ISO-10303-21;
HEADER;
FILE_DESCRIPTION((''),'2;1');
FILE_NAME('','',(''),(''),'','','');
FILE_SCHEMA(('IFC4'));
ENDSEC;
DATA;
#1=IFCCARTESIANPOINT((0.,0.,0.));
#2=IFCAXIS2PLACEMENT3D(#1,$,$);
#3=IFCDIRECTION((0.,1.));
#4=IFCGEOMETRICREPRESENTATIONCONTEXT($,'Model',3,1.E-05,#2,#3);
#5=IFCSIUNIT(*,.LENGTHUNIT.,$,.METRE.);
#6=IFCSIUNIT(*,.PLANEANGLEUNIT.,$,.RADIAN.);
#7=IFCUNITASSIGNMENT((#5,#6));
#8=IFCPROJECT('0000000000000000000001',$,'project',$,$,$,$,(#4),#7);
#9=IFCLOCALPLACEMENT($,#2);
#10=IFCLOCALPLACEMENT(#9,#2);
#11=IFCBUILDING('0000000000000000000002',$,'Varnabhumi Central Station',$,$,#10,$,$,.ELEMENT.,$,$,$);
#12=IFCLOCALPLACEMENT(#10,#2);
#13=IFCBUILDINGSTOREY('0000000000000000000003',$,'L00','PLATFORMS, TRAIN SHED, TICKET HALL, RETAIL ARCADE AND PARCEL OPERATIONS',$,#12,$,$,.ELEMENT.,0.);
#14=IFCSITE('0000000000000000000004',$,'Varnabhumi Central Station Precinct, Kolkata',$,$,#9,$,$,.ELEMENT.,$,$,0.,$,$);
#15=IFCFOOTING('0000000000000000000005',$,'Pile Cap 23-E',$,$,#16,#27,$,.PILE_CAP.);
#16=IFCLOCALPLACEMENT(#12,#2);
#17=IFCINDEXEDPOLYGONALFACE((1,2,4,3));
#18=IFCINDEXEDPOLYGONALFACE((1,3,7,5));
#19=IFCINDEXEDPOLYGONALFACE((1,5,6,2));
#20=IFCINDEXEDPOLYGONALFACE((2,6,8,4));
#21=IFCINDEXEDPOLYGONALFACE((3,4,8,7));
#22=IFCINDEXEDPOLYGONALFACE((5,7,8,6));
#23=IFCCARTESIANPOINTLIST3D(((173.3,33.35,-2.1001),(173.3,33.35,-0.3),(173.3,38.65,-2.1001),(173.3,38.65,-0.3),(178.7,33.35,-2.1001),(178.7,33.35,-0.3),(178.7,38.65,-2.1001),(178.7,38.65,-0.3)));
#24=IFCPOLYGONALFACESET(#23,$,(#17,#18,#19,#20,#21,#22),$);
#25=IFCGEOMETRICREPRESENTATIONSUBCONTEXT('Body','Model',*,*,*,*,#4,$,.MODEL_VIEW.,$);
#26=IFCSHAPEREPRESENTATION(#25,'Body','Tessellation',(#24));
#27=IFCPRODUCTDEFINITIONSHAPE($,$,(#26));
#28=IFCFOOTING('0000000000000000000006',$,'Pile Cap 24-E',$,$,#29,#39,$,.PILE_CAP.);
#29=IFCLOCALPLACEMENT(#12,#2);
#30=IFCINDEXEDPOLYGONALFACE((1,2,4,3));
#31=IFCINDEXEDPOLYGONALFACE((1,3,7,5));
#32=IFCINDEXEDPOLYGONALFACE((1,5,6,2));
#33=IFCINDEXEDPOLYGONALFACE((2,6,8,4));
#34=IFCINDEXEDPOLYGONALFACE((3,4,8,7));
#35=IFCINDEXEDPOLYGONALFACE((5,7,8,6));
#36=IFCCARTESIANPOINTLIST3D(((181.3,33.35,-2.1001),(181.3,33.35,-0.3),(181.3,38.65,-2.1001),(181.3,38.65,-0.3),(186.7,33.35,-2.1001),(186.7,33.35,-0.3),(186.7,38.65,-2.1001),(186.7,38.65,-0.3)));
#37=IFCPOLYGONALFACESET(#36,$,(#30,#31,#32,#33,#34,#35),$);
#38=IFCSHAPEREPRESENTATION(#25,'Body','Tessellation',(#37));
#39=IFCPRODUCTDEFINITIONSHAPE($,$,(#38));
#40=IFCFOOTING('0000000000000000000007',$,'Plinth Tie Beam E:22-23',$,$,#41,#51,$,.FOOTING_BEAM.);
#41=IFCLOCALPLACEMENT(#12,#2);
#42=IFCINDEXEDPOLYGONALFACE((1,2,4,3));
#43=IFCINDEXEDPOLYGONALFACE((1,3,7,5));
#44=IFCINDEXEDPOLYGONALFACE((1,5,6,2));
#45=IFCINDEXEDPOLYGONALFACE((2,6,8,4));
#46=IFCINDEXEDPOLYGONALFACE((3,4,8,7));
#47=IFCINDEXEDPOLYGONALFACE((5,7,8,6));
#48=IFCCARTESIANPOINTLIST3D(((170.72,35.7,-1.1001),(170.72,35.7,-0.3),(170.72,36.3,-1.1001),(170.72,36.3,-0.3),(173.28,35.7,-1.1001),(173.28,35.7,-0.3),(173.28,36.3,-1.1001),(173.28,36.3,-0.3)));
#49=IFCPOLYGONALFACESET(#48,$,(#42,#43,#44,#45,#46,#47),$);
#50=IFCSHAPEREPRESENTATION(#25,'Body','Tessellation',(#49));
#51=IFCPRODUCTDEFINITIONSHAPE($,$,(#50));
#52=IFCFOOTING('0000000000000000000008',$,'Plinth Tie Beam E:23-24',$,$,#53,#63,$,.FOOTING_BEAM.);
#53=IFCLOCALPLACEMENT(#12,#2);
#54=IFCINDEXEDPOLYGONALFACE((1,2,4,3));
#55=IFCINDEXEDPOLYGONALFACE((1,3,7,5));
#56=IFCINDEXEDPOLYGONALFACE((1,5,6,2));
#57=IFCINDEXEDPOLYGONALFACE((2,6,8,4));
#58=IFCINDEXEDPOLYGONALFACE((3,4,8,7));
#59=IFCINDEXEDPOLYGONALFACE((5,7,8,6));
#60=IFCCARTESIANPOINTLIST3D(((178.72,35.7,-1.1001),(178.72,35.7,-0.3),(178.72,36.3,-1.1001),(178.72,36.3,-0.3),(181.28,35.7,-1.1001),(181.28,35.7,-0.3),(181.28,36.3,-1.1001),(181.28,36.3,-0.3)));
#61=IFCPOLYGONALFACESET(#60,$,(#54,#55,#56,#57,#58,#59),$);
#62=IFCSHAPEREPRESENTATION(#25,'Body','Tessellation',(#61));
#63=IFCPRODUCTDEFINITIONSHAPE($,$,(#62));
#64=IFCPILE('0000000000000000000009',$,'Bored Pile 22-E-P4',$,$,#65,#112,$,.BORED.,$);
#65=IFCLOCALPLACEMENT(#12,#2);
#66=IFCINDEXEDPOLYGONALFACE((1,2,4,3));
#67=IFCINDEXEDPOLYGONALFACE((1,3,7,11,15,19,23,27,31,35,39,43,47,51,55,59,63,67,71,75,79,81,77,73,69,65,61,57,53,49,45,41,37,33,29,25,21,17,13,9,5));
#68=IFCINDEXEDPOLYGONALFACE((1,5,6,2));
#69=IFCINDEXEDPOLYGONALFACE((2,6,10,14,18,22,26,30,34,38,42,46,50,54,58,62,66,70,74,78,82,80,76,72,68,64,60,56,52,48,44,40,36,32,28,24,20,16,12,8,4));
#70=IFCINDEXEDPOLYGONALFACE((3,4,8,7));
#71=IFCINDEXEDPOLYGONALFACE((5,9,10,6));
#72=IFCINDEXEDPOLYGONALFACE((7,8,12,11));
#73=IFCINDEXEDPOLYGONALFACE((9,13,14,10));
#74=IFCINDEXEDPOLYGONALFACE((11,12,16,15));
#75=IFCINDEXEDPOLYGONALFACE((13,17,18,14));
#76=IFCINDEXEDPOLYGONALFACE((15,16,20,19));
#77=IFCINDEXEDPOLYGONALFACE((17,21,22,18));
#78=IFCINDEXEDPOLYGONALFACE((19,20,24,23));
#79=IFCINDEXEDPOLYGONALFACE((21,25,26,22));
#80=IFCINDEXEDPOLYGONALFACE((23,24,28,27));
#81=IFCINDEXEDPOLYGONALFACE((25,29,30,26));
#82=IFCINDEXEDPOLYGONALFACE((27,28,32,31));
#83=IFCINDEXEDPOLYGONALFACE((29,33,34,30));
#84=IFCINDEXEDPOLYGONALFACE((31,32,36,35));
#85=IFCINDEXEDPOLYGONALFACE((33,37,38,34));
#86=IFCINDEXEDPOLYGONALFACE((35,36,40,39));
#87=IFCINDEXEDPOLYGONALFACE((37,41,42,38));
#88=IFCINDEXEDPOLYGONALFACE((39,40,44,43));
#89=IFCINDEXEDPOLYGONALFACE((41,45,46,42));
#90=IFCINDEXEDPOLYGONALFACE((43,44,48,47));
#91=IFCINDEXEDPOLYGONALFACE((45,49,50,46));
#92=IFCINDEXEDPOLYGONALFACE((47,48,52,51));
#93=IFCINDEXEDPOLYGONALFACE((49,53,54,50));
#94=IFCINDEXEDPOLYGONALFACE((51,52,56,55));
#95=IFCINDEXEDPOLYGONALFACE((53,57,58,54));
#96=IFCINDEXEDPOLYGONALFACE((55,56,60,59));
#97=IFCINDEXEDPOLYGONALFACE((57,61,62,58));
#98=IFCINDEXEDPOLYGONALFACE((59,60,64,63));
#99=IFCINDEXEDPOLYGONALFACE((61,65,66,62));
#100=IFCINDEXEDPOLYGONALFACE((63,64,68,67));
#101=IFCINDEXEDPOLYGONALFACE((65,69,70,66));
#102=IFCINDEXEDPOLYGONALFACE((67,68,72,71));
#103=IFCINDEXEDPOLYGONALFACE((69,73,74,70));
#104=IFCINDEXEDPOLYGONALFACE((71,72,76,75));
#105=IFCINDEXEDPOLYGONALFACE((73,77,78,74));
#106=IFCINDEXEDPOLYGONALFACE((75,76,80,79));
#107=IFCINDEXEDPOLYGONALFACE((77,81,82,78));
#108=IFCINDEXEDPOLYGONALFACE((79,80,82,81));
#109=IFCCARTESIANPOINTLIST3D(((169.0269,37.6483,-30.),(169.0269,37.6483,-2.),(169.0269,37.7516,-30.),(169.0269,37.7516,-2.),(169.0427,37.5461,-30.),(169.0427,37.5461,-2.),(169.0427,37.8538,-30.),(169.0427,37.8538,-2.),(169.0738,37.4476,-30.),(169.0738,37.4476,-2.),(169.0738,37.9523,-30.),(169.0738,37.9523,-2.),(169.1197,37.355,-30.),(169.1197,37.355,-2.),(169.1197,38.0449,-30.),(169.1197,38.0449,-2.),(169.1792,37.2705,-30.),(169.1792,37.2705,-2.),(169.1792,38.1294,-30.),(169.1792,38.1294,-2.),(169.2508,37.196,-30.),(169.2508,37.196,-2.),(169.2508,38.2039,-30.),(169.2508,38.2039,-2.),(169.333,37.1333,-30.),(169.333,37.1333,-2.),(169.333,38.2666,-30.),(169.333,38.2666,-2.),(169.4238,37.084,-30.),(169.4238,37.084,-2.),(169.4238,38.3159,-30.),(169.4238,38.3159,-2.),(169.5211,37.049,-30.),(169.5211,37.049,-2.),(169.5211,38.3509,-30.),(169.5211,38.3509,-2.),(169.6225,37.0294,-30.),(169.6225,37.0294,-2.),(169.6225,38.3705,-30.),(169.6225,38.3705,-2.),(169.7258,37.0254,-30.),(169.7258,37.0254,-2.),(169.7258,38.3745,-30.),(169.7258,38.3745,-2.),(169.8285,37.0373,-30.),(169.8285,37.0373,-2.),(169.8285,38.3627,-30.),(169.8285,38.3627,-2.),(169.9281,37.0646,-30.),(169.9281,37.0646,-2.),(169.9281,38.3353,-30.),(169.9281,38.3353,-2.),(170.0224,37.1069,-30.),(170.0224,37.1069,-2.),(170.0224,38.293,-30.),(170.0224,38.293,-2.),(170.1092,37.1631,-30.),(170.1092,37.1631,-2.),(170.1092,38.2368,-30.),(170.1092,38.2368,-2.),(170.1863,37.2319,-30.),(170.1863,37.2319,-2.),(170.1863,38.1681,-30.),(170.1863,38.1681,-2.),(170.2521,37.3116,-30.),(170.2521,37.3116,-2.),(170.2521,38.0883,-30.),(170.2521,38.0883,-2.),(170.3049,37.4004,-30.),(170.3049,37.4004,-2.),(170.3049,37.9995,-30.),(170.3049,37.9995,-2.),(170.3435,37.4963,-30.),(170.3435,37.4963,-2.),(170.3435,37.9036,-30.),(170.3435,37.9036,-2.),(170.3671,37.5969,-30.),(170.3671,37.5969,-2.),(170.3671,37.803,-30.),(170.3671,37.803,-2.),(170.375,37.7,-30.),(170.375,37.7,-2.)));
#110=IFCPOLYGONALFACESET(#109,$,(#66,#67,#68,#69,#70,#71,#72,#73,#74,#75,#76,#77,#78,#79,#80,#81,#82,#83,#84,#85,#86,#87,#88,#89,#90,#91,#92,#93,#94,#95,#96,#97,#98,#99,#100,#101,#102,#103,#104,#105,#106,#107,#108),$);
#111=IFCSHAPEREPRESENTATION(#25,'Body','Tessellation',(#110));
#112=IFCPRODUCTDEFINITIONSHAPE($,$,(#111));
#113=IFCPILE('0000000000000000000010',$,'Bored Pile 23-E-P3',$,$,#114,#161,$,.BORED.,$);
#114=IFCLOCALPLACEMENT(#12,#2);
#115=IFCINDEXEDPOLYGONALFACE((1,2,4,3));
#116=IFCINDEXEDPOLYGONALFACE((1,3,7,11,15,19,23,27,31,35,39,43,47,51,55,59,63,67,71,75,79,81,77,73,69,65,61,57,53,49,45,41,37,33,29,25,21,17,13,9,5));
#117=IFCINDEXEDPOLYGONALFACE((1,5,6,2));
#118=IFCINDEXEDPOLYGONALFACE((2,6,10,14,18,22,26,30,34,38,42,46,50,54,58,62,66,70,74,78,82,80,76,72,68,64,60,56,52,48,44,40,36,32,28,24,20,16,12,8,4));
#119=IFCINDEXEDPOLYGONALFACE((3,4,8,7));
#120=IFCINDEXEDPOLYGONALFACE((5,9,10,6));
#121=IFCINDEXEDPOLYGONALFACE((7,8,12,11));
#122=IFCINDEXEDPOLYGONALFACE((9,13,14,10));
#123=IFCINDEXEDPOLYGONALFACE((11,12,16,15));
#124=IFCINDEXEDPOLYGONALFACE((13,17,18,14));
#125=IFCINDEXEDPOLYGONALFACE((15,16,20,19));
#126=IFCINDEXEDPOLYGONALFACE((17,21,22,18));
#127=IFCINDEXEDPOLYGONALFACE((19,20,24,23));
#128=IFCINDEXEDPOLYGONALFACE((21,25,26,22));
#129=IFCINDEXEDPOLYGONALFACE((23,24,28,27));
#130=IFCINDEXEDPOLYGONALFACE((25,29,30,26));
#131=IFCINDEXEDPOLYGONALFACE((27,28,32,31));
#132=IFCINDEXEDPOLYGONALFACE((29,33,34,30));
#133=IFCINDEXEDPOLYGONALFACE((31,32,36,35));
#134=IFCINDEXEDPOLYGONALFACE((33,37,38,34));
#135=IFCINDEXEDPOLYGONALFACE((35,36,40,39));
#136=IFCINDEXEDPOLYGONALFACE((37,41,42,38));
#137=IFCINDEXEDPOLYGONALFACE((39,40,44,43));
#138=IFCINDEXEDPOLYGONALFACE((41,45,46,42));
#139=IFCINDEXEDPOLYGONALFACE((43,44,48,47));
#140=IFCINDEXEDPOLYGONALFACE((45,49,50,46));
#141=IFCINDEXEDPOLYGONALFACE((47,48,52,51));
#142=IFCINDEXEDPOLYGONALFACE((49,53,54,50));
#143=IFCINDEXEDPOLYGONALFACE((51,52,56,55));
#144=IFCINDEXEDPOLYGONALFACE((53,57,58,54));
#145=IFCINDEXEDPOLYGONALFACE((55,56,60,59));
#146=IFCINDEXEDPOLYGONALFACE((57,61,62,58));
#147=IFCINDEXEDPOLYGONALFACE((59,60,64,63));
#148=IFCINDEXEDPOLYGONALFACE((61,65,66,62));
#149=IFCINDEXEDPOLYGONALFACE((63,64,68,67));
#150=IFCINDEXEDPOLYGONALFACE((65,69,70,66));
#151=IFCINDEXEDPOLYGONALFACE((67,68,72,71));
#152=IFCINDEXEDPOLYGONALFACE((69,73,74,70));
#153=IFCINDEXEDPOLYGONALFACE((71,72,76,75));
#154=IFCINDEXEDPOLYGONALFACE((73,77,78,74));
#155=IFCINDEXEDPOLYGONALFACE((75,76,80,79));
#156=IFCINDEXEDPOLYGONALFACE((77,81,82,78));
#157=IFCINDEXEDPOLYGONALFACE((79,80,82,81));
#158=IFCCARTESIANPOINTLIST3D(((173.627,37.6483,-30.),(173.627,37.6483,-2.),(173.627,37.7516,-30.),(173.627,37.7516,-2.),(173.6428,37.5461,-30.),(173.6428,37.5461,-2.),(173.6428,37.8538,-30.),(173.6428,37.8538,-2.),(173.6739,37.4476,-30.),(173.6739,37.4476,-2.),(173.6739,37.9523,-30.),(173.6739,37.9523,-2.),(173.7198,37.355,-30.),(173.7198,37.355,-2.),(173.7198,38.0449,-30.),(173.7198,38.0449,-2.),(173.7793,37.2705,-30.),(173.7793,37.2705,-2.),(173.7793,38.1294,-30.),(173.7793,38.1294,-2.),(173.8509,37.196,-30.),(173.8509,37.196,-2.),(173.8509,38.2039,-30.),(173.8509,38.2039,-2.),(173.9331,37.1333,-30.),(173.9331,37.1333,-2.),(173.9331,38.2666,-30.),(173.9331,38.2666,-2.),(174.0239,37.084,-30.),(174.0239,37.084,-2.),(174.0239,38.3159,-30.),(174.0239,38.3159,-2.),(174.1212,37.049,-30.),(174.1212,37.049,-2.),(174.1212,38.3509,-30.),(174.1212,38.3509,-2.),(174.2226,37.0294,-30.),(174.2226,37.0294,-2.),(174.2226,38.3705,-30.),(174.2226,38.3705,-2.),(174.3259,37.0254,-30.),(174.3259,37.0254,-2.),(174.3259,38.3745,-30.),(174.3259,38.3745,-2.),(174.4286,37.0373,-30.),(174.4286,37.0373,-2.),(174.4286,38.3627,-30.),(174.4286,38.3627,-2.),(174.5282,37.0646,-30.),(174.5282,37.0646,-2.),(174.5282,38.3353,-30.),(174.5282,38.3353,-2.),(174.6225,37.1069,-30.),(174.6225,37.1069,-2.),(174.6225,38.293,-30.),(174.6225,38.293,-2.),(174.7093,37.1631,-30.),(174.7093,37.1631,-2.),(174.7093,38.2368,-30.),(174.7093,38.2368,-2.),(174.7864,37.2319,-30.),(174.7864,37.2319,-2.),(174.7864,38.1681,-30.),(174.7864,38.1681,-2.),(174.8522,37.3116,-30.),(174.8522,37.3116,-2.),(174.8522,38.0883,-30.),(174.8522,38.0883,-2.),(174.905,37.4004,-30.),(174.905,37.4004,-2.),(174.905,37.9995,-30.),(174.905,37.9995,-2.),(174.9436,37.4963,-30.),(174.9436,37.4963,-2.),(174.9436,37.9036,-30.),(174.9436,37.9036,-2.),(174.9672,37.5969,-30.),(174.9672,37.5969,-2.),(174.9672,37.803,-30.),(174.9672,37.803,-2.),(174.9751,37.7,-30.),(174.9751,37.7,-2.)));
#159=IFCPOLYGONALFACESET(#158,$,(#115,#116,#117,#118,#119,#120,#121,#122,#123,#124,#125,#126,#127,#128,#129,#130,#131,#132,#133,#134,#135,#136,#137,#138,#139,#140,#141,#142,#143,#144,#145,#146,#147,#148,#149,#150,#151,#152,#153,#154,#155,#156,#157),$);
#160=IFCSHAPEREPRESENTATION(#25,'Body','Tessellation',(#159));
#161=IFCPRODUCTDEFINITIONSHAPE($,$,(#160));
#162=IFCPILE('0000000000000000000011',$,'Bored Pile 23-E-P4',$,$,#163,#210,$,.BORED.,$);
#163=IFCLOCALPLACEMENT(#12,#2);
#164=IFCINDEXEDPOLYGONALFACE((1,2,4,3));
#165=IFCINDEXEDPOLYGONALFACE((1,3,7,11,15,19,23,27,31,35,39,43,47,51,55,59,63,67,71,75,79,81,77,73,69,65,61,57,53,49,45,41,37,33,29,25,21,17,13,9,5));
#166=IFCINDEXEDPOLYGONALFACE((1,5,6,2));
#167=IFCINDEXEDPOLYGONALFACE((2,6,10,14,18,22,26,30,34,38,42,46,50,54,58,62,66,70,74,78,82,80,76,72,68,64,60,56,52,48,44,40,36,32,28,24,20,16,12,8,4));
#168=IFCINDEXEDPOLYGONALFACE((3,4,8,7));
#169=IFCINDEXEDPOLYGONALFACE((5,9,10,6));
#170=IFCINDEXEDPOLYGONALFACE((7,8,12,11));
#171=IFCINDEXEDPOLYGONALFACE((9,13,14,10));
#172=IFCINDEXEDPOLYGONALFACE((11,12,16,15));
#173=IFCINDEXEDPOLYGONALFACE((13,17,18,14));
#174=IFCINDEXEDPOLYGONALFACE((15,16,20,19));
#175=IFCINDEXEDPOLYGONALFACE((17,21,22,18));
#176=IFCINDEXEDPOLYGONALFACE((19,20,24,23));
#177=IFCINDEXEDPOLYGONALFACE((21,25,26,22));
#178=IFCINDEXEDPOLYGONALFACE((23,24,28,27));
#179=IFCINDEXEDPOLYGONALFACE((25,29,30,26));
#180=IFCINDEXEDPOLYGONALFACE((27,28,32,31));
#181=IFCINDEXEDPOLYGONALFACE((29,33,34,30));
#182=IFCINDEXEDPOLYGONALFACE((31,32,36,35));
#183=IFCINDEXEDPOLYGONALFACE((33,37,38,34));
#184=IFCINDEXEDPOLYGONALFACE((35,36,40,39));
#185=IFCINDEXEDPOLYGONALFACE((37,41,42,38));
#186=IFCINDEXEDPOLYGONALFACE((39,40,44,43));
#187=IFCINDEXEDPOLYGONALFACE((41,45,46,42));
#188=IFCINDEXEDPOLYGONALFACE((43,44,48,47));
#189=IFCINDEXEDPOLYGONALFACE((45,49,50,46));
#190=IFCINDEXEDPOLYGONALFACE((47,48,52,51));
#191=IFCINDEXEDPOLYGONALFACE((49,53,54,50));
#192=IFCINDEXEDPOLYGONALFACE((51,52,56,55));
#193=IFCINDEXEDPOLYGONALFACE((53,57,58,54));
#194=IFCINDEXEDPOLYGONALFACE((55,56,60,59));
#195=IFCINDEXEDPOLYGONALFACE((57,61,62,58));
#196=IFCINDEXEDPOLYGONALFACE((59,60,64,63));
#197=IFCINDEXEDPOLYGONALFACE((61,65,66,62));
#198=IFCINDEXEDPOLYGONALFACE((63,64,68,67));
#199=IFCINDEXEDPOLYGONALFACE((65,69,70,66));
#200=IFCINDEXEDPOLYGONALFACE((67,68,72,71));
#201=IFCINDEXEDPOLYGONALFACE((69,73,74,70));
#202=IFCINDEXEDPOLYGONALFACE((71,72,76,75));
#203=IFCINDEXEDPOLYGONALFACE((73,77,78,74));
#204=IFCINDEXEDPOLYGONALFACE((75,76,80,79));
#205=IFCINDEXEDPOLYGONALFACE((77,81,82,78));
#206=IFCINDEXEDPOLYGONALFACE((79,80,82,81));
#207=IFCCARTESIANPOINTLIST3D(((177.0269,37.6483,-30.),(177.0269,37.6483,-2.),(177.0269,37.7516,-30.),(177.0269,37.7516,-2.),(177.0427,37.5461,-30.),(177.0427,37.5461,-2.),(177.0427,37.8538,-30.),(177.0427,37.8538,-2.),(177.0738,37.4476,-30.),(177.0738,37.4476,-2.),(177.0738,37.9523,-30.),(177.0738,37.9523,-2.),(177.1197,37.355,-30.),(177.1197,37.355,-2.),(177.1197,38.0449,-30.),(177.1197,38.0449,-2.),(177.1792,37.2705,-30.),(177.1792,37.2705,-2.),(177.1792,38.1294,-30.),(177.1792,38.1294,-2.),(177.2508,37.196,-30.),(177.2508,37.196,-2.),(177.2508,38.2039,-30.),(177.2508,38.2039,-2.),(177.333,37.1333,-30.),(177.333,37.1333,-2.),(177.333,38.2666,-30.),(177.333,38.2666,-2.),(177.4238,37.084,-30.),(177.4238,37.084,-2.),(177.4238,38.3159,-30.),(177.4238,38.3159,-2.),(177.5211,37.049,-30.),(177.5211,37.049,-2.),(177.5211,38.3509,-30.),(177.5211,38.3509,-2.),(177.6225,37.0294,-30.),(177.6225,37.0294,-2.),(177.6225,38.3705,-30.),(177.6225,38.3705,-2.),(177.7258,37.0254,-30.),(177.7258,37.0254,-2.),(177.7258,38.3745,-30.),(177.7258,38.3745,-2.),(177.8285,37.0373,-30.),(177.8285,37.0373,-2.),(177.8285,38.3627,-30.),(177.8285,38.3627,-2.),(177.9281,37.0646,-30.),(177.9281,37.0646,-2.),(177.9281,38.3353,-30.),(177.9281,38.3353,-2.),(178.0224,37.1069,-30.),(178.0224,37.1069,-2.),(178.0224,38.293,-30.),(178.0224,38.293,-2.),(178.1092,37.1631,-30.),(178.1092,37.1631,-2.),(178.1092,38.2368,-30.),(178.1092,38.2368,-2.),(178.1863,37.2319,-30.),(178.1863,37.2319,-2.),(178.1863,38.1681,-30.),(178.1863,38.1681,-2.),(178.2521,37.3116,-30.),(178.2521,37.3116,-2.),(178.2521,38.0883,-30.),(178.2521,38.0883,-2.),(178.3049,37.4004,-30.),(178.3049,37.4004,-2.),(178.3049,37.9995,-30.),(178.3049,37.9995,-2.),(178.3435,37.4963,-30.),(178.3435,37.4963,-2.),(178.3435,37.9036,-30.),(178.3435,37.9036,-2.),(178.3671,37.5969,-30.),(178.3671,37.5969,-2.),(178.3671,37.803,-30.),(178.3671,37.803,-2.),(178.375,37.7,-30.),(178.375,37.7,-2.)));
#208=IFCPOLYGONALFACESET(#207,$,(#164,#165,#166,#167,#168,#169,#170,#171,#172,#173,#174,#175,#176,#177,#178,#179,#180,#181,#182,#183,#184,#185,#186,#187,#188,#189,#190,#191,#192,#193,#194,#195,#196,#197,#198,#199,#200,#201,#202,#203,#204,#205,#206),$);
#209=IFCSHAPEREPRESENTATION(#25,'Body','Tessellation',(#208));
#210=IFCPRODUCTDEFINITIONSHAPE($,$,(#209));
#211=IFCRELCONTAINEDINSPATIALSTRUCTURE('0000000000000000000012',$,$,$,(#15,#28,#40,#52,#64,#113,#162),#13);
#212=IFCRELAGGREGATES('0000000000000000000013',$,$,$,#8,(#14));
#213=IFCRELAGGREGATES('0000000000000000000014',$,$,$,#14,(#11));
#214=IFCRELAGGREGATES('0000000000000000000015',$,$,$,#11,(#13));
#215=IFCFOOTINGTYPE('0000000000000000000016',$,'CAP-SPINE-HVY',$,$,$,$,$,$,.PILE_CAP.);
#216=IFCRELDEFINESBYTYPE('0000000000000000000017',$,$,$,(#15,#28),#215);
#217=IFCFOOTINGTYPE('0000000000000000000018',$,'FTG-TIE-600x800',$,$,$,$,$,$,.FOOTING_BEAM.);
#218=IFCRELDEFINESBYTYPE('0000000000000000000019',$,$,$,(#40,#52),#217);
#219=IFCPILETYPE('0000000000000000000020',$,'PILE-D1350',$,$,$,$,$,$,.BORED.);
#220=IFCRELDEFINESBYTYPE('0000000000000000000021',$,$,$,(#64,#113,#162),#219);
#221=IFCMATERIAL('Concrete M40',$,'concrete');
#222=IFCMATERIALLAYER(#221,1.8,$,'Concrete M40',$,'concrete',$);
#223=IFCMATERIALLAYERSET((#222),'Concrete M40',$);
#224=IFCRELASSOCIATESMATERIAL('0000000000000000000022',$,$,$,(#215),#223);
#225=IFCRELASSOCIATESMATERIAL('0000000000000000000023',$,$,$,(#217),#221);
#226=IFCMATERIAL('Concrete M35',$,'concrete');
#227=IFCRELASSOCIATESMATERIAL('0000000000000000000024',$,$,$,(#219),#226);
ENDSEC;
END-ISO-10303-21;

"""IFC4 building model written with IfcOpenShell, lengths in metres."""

from ifc_helpers import new_model, si_unit, direction, frame, origin, origin_2d, place, context, subcontext, project, spatial, rectangle, circle, extrude, material, layer, layer_set, material_profile, profile_set, type_object, element, save


model = new_model("IFC4")

# Units and contexts
model_context = context("Model", 3, precision=1e-05, world=origin(), true_north=direction((0.0, 1.0)))
body_context = subcontext(model_context, "Body", "Model", "MODEL_VIEW")
ifc_project = project(units=[si_unit("LENGTHUNIT", "METRE"), si_unit("PLANEANGLEUNIT", "RADIAN")], contexts=[model_context])

# Site, building, storey
site_placement = place(None, origin())
site = spatial("IfcSite", under=ifc_project, at=site_placement, Name="Varnabhumi Central Station Precinct, Kolkata", CompositionType="ELEMENT", RefElevation=0.0)
building_placement = place(site_placement, origin())
building = spatial("IfcBuilding", under=site, at=building_placement, Name="Varnabhumi Central Station", CompositionType="ELEMENT")
storey_placement = place(building_placement, origin())
storey = spatial("IfcBuildingStorey", under=building, at=storey_placement, Name="L00", Description="PLATFORMS, TRAIN SHED, TICKET HALL, RETAIL ARCADE AND PARCEL OPERATIONS", CompositionType="ELEMENT", Elevation=0.0)

# Footings
ifc_material_1 = material(Name="Concrete M40", Category="concrete")
ifc_layer_1 = layer(ifc_material_1, 1.8, Name="Concrete M40", Category="concrete")
ifc_layer_set_1 = layer_set([ifc_layer_1], Name="Concrete M40")
footing_type_1 = type_object("IfcFootingType", Name="CAP-SPINE-HVY", PredefinedType="PILE_CAP", material=ifc_layer_set_1)
for number, where, z_axis, x_axis, name in (
    (1, (176.0, 36.0, -2.1001), (0.0, 0.0, 1.0), (1.0, 0.0, 0.0), "Pile Cap 23-E"),
    (2, (184.0, 36.0, -2.1001), (0.0, 0.0, 1.0), (1.0, 0.0, 0.0), "Pile Cap 24-E"),
):
    element("IfcFooting", number, at=place(storey_placement, frame(where, z_axis=z_axis, x_axis=x_axis)), inside=storey, type_object=footing_type_1, Name=name, PredefinedType="PILE_CAP", context=body_context, shape_type="SweptSolid", body=[
        extrude(rectangle(XDim=5.3999, YDim=5.3, at=origin_2d()), origin(), (0.0, 0.0, 1.0), 1.8),
    ])
footing_type_2 = type_object("IfcFootingType", Name="FTG-TIE-600x800", PredefinedType="FOOTING_BEAM", material=ifc_material_1)
for number, where, z_axis, x_axis, name in (
    (3, (172.0, 36.0, -1.1001), (0.0, 0.0, 1.0), (1.0, 0.0, 0.0), "Plinth Tie Beam E:22-23"),
    (4, (180.0, 36.0, -1.1001), (0.0, 0.0, 1.0), (1.0, 0.0, 0.0), "Plinth Tie Beam E:23-24"),
):
    element("IfcFooting", number, at=place(storey_placement, frame(where, z_axis=z_axis, x_axis=x_axis)), inside=storey, type_object=footing_type_2, Name=name, PredefinedType="FOOTING_BEAM", context=body_context, shape_type="SweptSolid", body=[
        extrude(rectangle(XDim=2.5601, YDim=0.6001, at=origin_2d()), origin(), (0.0, 0.0, 1.0), 0.8),
    ])

# Piles
ifc_material_2 = material(Name="Concrete M35", Category="concrete")
ifc_material_profile_1 = material_profile(ifc_material_2, circle(Radius=0.675, at=origin_2d()), Name="Concrete M35", Category="concrete")
ifc_profile_set_1 = profile_set([ifc_material_profile_1], Name="Concrete M35")
pile_type = type_object("IfcPileType", Name="PILE-D1350", PredefinedType="BORED", material=ifc_profile_set_1)
for number, where, z_axis, x_axis, name in (
    (5, (169.7, 37.7, -2.0), (0.0, 0.0, -1.0), (1.0, 0.0, 0.0), "Bored Pile 22-E-P4"),
    (6, (174.3, 37.7, -2.0), (0.0, 0.0, -1.0), (1.0, 0.0, 0.0), "Bored Pile 23-E-P3"),
    (7, (177.7, 37.7, -2.0), (0.0, 0.0, -1.0), (1.0, 0.0, 0.0), "Bored Pile 23-E-P4"),
):
    element("IfcPile", number, at=place(storey_placement, frame(where, z_axis=z_axis, x_axis=x_axis)), inside=storey, type_object=pile_type, Name=name, PredefinedType="BORED", context=body_context, shape_type="SweptSolid", body=[
        extrude(circle(Radius=0.675, at=origin_2d()), origin(), (0.0, 0.0, 1.0), 28.0),
    ])

save(model, "model.ifc")
